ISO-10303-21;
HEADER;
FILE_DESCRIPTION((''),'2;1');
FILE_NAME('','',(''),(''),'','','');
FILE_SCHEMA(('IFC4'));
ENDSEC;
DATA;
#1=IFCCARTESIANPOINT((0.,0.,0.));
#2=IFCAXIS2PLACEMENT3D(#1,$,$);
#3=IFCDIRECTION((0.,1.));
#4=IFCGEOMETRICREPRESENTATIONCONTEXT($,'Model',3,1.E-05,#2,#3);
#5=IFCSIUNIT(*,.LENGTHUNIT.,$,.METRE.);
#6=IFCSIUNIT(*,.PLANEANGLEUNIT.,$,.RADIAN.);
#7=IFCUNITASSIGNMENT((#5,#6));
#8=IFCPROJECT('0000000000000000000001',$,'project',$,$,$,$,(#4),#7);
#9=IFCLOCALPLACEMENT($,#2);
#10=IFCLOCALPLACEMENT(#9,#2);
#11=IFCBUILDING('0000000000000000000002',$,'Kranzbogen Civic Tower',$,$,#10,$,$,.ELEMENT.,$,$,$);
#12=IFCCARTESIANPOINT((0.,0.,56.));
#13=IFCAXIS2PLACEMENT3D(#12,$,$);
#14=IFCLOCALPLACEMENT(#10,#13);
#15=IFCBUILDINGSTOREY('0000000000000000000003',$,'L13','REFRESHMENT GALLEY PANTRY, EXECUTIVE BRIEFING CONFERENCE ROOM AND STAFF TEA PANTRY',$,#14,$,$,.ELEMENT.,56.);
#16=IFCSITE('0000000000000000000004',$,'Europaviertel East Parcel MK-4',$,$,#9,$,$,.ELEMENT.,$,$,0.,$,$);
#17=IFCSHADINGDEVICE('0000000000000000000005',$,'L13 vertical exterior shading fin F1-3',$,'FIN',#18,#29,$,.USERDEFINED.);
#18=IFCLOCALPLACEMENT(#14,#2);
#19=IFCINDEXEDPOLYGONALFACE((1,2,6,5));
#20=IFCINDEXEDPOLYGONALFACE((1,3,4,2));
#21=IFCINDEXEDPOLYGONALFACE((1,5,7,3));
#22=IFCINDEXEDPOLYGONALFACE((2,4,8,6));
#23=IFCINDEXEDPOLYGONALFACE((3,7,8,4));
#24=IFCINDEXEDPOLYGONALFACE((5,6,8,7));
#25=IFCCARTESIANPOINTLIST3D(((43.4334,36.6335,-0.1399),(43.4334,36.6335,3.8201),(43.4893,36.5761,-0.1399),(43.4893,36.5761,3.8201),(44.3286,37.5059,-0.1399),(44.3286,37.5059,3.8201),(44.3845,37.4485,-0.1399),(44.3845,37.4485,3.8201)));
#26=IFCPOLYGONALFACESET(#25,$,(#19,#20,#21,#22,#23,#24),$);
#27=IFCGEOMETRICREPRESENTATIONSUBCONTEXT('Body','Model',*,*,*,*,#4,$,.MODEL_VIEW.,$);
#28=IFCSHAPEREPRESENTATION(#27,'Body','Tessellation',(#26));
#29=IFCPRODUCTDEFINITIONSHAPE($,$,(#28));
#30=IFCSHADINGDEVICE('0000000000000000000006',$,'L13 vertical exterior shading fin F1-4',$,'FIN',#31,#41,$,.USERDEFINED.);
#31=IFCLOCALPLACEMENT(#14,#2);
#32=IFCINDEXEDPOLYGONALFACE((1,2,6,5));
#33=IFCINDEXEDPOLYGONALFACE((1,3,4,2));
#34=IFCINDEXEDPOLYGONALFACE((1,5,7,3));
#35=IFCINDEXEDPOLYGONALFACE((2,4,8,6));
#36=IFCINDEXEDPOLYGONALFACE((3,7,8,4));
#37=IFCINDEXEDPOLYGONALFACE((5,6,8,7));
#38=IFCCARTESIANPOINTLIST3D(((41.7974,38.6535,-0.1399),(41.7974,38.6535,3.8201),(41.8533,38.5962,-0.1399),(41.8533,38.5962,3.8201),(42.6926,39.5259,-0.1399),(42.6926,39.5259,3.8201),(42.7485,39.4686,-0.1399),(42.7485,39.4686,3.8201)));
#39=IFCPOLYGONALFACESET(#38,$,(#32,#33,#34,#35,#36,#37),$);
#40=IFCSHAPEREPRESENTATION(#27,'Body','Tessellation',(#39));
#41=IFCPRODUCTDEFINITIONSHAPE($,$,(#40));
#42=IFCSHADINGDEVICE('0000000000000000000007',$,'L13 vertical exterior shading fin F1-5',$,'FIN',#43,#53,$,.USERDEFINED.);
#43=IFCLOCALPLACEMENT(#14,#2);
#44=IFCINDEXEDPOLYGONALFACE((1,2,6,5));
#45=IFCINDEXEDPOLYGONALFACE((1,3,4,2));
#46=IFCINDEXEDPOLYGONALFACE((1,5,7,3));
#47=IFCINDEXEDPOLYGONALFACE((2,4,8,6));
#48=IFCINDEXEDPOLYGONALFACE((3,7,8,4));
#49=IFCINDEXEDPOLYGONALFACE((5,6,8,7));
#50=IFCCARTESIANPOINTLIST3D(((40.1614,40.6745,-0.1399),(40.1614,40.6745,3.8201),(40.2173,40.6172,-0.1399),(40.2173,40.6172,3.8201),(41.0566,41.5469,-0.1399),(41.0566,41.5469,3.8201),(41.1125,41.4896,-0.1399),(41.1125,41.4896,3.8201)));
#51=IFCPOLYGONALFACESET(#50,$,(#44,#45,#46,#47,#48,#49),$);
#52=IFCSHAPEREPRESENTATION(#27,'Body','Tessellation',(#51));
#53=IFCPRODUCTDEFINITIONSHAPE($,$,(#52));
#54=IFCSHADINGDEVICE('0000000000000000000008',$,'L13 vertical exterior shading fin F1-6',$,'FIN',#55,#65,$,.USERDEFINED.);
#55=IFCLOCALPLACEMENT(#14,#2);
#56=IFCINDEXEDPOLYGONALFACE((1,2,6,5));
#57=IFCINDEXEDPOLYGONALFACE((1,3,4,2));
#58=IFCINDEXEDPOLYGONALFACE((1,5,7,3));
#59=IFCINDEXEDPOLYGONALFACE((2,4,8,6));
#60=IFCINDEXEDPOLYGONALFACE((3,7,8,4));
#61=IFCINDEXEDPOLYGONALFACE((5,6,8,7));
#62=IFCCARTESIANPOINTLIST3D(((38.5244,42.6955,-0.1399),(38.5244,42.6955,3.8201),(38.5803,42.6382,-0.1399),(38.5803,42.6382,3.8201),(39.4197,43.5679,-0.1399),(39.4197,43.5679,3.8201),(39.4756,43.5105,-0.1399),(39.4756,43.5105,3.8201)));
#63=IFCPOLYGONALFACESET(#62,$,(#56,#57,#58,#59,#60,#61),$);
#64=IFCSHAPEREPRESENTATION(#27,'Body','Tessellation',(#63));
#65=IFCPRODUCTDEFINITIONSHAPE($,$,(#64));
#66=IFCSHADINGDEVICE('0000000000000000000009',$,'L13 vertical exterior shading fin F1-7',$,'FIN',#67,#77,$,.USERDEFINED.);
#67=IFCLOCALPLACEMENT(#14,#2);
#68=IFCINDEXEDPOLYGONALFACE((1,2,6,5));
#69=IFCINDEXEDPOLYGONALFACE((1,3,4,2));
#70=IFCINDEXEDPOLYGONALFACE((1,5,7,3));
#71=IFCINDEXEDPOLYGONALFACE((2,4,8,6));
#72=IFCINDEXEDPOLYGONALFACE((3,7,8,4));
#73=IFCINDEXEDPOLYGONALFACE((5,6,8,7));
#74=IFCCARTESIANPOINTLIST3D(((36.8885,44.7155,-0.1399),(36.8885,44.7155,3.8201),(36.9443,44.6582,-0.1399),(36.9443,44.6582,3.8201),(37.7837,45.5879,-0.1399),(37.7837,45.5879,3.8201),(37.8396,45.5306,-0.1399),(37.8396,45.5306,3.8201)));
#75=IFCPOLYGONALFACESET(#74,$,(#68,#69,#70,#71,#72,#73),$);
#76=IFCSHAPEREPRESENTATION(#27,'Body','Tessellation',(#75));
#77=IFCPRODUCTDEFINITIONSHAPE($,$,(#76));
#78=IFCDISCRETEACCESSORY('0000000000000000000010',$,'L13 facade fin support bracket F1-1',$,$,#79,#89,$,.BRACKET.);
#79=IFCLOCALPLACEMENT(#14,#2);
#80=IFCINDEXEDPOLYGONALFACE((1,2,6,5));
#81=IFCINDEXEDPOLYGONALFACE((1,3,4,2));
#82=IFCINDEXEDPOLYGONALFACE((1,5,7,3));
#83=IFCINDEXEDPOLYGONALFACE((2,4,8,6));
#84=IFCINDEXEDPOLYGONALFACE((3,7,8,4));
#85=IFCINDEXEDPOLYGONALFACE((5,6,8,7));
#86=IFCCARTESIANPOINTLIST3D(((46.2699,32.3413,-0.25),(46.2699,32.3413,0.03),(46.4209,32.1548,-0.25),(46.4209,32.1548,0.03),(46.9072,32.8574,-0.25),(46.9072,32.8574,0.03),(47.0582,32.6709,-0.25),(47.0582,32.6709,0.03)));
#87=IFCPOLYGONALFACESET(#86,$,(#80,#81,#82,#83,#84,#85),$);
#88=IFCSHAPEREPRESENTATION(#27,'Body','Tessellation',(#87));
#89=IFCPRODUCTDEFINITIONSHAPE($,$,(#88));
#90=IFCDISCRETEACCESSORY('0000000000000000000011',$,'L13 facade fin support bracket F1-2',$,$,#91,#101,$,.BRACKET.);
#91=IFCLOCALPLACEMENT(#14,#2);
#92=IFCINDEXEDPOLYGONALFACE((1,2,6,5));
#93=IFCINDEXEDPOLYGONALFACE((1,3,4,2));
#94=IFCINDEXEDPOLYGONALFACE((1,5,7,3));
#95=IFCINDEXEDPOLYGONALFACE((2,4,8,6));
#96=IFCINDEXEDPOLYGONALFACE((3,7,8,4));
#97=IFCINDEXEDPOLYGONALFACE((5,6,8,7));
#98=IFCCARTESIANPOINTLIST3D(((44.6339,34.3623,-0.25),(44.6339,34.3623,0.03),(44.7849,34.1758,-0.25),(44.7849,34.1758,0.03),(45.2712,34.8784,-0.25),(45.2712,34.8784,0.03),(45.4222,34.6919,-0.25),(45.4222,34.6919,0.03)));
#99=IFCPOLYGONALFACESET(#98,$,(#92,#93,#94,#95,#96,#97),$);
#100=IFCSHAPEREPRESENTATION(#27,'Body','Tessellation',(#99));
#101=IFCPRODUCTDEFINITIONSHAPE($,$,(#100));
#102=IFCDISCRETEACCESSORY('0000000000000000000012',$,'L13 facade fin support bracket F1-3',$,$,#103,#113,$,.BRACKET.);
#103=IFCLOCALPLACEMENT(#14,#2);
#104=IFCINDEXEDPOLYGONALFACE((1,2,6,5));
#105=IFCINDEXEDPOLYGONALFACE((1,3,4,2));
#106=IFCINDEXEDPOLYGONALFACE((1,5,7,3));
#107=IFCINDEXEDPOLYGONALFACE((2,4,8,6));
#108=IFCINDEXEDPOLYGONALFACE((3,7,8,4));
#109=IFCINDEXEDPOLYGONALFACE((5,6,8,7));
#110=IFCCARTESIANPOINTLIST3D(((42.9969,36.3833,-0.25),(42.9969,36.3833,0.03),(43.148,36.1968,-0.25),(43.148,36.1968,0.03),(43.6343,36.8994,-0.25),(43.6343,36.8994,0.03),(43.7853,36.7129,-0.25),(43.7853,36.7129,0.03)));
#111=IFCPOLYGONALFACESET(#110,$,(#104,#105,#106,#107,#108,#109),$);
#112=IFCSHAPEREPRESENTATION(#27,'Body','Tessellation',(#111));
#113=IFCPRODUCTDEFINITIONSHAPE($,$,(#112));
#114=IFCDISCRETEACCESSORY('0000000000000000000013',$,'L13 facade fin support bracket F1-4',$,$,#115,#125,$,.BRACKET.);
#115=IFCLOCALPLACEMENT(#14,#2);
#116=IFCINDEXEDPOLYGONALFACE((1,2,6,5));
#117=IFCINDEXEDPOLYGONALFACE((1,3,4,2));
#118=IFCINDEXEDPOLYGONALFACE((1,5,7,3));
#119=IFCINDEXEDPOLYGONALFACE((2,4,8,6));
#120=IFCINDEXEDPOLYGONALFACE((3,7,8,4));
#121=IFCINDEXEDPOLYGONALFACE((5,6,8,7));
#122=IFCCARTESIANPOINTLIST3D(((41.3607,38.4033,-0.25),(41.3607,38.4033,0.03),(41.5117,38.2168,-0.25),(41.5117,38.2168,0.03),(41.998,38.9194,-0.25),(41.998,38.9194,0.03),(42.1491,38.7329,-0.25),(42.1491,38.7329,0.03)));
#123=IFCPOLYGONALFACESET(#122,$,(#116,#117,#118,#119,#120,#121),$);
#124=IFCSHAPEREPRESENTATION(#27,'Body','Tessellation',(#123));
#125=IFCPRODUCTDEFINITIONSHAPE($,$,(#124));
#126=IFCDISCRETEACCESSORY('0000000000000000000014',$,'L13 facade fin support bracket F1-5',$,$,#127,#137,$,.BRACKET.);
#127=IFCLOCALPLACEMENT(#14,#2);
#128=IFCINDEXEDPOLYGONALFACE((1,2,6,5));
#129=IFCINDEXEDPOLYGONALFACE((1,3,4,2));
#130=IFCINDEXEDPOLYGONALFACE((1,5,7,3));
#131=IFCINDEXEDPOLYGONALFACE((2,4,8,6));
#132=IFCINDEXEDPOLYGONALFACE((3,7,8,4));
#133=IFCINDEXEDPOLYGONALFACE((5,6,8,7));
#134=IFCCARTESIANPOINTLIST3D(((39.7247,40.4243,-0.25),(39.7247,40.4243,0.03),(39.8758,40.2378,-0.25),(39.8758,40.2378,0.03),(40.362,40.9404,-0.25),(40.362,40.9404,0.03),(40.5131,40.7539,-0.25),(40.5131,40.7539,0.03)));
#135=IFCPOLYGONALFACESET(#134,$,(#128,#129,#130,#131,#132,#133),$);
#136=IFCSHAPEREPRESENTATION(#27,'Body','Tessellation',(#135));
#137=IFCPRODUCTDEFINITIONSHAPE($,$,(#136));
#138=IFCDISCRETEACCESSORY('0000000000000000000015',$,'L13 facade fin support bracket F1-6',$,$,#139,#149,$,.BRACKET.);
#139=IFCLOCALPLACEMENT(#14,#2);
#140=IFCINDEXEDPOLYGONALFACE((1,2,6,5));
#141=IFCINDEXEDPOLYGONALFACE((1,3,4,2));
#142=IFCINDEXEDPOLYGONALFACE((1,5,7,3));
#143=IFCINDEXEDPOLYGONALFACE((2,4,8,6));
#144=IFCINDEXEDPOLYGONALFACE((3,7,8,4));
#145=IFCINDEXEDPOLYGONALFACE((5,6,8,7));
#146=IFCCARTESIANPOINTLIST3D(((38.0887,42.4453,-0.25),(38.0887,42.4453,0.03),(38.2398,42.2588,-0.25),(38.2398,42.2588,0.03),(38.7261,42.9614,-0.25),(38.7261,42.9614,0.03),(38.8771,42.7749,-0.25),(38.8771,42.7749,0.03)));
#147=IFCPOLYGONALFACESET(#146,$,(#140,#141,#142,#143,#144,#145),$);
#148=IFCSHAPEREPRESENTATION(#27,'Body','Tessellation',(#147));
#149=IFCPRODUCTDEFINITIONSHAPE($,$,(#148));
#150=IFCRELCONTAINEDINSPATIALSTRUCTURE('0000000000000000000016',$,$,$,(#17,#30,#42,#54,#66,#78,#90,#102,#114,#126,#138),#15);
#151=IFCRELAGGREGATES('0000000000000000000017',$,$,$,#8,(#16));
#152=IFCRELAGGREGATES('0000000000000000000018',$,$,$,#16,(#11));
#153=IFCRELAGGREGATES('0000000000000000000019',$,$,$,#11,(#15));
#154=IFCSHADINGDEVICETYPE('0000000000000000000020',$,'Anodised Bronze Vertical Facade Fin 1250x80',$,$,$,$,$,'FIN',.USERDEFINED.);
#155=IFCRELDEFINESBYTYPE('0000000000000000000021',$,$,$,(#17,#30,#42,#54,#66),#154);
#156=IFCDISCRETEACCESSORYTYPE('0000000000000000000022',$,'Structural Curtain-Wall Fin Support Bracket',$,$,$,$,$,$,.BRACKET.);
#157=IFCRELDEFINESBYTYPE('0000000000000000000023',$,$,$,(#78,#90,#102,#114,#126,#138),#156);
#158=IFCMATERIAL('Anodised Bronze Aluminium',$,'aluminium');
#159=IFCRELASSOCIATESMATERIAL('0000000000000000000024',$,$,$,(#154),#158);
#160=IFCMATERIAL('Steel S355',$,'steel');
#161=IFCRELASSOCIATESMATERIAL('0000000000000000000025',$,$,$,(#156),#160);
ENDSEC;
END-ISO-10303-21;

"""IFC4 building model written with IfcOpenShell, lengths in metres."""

from ifc_helpers import new_model, si_unit, direction, frame, origin, origin_2d, place, context, subcontext, project, spatial, rectangle, extrude, material, type_object, element, save


model = new_model("IFC4")

# Units and contexts
model_context = context("Model", 3, precision=1e-05, world=origin(), true_north=direction((0.0, 1.0)))
body_context = subcontext(model_context, "Body", "Model", "MODEL_VIEW")
ifc_project = project(units=[si_unit("LENGTHUNIT", "METRE"), si_unit("PLANEANGLEUNIT", "RADIAN")], contexts=[model_context])

# Site, building, storey
site_placement = place(None, origin())
site = spatial("IfcSite", under=ifc_project, at=site_placement, Name="Europaviertel East Parcel MK-4", CompositionType="ELEMENT", RefElevation=0.0)
building_placement = place(site_placement, origin())
building = spatial("IfcBuilding", under=site, at=building_placement, Name="Kranzbogen Civic Tower", CompositionType="ELEMENT")
storey_placement = place(building_placement, frame((0.0, 0.0, 56.0)))
storey = spatial("IfcBuildingStorey", under=building, at=storey_placement, Name="L13", Description="REFRESHMENT GALLEY PANTRY, EXECUTIVE BRIEFING CONFERENCE ROOM AND STAFF TEA PANTRY", CompositionType="ELEMENT", Elevation=56.0)

# Shared definitions
ifc_material_1 = material(Name="Steel S355", Category="steel")

# Shading devices
ifc_material_2 = material(Name="Anodised Bronze Aluminium", Category="aluminium")
shading_device_type = type_object("IfcShadingDeviceType", Name="Anodised Bronze Vertical Facade Fin 1250x80", ElementType="FIN", PredefinedType="USERDEFINED", material=ifc_material_2)
for number, where, z_axis, x_axis, name in (
    (1, (43.9089, 37.041, -0.1399), (0.0, 0.0, 1.0), (0.71618, 0.697915, 0.0), "L13 vertical exterior shading fin F1-3"),
    (2, (42.2729, 39.061, -0.1399), (0.0, 0.0, 1.0), (0.71618, 0.697915, 0.0), "L13 vertical exterior shading fin F1-4"),
    (3, (40.637, 41.082, -0.1399), (0.0, 0.0, 1.0), (0.71618, 0.697915, 0.0), "L13 vertical exterior shading fin F1-5"),
    (4, (39.0, 43.103, -0.1399), (0.0, 0.0, 1.0), (0.71618, 0.697915, 0.0), "L13 vertical exterior shading fin F1-6"),
    (5, (37.364, 45.123, -0.1399), (0.0, 0.0, 1.0), (0.71618, 0.697915, 0.0), "L13 vertical exterior shading fin F1-7"),
):
    element("IfcShadingDevice", number, at=place(storey_placement, frame(where, z_axis=z_axis, x_axis=x_axis)), inside=storey, type_object=shading_device_type, Name=name, ObjectType="FIN", PredefinedType="USERDEFINED", context=body_context, shape_type="SweptSolid", body=[
        extrude(rectangle(XDim=1.25, YDim=0.0801, at=origin_2d()), origin(), (0.0, 0.0, 1.0), 3.96),
    ])

# Discrete accessories
discrete_accessory_type = type_object("IfcDiscreteAccessoryType", Name="Structural Curtain-Wall Fin Support Bracket", PredefinedType="BRACKET", material=ifc_material_1)
for number, where, z_axis, x_axis, name in (
    (6, (46.6641, 32.5061, -0.25), (0.0, 0.0, 1.0), (0.777146, 0.62932, 0.0), "L13 facade fin support bracket F1-1"),
    (7, (45.0281, 34.5271, -0.25), (0.0, 0.0, 1.0), (0.777146, 0.62932, 0.0), "L13 facade fin support bracket F1-2"),
    (8, (43.3911, 36.5481, -0.25), (0.0, 0.0, 1.0), (0.777146, 0.62932, 0.0), "L13 facade fin support bracket F1-3"),
    (9, (41.7549, 38.5681, -0.25), (0.0, 0.0, 1.0), (0.777146, 0.62932, 0.0), "L13 facade fin support bracket F1-4"),
    (10, (40.1189, 40.5891, -0.25), (0.0, 0.0, 1.0), (0.777146, 0.62932, 0.0), "L13 facade fin support bracket F1-5"),
    (11, (38.4829, 42.6101, -0.25), (0.0, 0.0, 1.0), (0.777146, 0.62932, 0.0), "L13 facade fin support bracket F1-6"),
):
    element("IfcDiscreteAccessory", number, at=place(storey_placement, frame(where, z_axis=z_axis, x_axis=x_axis)), inside=storey, type_object=discrete_accessory_type, Name=name, PredefinedType="BRACKET", context=body_context, shape_type="SweptSolid", body=[
        extrude(rectangle(XDim=0.8201, YDim=0.24, at=origin_2d()), origin(), (0.0, 0.0, 1.0), 0.28),
    ])

save(model, "model.ifc")
